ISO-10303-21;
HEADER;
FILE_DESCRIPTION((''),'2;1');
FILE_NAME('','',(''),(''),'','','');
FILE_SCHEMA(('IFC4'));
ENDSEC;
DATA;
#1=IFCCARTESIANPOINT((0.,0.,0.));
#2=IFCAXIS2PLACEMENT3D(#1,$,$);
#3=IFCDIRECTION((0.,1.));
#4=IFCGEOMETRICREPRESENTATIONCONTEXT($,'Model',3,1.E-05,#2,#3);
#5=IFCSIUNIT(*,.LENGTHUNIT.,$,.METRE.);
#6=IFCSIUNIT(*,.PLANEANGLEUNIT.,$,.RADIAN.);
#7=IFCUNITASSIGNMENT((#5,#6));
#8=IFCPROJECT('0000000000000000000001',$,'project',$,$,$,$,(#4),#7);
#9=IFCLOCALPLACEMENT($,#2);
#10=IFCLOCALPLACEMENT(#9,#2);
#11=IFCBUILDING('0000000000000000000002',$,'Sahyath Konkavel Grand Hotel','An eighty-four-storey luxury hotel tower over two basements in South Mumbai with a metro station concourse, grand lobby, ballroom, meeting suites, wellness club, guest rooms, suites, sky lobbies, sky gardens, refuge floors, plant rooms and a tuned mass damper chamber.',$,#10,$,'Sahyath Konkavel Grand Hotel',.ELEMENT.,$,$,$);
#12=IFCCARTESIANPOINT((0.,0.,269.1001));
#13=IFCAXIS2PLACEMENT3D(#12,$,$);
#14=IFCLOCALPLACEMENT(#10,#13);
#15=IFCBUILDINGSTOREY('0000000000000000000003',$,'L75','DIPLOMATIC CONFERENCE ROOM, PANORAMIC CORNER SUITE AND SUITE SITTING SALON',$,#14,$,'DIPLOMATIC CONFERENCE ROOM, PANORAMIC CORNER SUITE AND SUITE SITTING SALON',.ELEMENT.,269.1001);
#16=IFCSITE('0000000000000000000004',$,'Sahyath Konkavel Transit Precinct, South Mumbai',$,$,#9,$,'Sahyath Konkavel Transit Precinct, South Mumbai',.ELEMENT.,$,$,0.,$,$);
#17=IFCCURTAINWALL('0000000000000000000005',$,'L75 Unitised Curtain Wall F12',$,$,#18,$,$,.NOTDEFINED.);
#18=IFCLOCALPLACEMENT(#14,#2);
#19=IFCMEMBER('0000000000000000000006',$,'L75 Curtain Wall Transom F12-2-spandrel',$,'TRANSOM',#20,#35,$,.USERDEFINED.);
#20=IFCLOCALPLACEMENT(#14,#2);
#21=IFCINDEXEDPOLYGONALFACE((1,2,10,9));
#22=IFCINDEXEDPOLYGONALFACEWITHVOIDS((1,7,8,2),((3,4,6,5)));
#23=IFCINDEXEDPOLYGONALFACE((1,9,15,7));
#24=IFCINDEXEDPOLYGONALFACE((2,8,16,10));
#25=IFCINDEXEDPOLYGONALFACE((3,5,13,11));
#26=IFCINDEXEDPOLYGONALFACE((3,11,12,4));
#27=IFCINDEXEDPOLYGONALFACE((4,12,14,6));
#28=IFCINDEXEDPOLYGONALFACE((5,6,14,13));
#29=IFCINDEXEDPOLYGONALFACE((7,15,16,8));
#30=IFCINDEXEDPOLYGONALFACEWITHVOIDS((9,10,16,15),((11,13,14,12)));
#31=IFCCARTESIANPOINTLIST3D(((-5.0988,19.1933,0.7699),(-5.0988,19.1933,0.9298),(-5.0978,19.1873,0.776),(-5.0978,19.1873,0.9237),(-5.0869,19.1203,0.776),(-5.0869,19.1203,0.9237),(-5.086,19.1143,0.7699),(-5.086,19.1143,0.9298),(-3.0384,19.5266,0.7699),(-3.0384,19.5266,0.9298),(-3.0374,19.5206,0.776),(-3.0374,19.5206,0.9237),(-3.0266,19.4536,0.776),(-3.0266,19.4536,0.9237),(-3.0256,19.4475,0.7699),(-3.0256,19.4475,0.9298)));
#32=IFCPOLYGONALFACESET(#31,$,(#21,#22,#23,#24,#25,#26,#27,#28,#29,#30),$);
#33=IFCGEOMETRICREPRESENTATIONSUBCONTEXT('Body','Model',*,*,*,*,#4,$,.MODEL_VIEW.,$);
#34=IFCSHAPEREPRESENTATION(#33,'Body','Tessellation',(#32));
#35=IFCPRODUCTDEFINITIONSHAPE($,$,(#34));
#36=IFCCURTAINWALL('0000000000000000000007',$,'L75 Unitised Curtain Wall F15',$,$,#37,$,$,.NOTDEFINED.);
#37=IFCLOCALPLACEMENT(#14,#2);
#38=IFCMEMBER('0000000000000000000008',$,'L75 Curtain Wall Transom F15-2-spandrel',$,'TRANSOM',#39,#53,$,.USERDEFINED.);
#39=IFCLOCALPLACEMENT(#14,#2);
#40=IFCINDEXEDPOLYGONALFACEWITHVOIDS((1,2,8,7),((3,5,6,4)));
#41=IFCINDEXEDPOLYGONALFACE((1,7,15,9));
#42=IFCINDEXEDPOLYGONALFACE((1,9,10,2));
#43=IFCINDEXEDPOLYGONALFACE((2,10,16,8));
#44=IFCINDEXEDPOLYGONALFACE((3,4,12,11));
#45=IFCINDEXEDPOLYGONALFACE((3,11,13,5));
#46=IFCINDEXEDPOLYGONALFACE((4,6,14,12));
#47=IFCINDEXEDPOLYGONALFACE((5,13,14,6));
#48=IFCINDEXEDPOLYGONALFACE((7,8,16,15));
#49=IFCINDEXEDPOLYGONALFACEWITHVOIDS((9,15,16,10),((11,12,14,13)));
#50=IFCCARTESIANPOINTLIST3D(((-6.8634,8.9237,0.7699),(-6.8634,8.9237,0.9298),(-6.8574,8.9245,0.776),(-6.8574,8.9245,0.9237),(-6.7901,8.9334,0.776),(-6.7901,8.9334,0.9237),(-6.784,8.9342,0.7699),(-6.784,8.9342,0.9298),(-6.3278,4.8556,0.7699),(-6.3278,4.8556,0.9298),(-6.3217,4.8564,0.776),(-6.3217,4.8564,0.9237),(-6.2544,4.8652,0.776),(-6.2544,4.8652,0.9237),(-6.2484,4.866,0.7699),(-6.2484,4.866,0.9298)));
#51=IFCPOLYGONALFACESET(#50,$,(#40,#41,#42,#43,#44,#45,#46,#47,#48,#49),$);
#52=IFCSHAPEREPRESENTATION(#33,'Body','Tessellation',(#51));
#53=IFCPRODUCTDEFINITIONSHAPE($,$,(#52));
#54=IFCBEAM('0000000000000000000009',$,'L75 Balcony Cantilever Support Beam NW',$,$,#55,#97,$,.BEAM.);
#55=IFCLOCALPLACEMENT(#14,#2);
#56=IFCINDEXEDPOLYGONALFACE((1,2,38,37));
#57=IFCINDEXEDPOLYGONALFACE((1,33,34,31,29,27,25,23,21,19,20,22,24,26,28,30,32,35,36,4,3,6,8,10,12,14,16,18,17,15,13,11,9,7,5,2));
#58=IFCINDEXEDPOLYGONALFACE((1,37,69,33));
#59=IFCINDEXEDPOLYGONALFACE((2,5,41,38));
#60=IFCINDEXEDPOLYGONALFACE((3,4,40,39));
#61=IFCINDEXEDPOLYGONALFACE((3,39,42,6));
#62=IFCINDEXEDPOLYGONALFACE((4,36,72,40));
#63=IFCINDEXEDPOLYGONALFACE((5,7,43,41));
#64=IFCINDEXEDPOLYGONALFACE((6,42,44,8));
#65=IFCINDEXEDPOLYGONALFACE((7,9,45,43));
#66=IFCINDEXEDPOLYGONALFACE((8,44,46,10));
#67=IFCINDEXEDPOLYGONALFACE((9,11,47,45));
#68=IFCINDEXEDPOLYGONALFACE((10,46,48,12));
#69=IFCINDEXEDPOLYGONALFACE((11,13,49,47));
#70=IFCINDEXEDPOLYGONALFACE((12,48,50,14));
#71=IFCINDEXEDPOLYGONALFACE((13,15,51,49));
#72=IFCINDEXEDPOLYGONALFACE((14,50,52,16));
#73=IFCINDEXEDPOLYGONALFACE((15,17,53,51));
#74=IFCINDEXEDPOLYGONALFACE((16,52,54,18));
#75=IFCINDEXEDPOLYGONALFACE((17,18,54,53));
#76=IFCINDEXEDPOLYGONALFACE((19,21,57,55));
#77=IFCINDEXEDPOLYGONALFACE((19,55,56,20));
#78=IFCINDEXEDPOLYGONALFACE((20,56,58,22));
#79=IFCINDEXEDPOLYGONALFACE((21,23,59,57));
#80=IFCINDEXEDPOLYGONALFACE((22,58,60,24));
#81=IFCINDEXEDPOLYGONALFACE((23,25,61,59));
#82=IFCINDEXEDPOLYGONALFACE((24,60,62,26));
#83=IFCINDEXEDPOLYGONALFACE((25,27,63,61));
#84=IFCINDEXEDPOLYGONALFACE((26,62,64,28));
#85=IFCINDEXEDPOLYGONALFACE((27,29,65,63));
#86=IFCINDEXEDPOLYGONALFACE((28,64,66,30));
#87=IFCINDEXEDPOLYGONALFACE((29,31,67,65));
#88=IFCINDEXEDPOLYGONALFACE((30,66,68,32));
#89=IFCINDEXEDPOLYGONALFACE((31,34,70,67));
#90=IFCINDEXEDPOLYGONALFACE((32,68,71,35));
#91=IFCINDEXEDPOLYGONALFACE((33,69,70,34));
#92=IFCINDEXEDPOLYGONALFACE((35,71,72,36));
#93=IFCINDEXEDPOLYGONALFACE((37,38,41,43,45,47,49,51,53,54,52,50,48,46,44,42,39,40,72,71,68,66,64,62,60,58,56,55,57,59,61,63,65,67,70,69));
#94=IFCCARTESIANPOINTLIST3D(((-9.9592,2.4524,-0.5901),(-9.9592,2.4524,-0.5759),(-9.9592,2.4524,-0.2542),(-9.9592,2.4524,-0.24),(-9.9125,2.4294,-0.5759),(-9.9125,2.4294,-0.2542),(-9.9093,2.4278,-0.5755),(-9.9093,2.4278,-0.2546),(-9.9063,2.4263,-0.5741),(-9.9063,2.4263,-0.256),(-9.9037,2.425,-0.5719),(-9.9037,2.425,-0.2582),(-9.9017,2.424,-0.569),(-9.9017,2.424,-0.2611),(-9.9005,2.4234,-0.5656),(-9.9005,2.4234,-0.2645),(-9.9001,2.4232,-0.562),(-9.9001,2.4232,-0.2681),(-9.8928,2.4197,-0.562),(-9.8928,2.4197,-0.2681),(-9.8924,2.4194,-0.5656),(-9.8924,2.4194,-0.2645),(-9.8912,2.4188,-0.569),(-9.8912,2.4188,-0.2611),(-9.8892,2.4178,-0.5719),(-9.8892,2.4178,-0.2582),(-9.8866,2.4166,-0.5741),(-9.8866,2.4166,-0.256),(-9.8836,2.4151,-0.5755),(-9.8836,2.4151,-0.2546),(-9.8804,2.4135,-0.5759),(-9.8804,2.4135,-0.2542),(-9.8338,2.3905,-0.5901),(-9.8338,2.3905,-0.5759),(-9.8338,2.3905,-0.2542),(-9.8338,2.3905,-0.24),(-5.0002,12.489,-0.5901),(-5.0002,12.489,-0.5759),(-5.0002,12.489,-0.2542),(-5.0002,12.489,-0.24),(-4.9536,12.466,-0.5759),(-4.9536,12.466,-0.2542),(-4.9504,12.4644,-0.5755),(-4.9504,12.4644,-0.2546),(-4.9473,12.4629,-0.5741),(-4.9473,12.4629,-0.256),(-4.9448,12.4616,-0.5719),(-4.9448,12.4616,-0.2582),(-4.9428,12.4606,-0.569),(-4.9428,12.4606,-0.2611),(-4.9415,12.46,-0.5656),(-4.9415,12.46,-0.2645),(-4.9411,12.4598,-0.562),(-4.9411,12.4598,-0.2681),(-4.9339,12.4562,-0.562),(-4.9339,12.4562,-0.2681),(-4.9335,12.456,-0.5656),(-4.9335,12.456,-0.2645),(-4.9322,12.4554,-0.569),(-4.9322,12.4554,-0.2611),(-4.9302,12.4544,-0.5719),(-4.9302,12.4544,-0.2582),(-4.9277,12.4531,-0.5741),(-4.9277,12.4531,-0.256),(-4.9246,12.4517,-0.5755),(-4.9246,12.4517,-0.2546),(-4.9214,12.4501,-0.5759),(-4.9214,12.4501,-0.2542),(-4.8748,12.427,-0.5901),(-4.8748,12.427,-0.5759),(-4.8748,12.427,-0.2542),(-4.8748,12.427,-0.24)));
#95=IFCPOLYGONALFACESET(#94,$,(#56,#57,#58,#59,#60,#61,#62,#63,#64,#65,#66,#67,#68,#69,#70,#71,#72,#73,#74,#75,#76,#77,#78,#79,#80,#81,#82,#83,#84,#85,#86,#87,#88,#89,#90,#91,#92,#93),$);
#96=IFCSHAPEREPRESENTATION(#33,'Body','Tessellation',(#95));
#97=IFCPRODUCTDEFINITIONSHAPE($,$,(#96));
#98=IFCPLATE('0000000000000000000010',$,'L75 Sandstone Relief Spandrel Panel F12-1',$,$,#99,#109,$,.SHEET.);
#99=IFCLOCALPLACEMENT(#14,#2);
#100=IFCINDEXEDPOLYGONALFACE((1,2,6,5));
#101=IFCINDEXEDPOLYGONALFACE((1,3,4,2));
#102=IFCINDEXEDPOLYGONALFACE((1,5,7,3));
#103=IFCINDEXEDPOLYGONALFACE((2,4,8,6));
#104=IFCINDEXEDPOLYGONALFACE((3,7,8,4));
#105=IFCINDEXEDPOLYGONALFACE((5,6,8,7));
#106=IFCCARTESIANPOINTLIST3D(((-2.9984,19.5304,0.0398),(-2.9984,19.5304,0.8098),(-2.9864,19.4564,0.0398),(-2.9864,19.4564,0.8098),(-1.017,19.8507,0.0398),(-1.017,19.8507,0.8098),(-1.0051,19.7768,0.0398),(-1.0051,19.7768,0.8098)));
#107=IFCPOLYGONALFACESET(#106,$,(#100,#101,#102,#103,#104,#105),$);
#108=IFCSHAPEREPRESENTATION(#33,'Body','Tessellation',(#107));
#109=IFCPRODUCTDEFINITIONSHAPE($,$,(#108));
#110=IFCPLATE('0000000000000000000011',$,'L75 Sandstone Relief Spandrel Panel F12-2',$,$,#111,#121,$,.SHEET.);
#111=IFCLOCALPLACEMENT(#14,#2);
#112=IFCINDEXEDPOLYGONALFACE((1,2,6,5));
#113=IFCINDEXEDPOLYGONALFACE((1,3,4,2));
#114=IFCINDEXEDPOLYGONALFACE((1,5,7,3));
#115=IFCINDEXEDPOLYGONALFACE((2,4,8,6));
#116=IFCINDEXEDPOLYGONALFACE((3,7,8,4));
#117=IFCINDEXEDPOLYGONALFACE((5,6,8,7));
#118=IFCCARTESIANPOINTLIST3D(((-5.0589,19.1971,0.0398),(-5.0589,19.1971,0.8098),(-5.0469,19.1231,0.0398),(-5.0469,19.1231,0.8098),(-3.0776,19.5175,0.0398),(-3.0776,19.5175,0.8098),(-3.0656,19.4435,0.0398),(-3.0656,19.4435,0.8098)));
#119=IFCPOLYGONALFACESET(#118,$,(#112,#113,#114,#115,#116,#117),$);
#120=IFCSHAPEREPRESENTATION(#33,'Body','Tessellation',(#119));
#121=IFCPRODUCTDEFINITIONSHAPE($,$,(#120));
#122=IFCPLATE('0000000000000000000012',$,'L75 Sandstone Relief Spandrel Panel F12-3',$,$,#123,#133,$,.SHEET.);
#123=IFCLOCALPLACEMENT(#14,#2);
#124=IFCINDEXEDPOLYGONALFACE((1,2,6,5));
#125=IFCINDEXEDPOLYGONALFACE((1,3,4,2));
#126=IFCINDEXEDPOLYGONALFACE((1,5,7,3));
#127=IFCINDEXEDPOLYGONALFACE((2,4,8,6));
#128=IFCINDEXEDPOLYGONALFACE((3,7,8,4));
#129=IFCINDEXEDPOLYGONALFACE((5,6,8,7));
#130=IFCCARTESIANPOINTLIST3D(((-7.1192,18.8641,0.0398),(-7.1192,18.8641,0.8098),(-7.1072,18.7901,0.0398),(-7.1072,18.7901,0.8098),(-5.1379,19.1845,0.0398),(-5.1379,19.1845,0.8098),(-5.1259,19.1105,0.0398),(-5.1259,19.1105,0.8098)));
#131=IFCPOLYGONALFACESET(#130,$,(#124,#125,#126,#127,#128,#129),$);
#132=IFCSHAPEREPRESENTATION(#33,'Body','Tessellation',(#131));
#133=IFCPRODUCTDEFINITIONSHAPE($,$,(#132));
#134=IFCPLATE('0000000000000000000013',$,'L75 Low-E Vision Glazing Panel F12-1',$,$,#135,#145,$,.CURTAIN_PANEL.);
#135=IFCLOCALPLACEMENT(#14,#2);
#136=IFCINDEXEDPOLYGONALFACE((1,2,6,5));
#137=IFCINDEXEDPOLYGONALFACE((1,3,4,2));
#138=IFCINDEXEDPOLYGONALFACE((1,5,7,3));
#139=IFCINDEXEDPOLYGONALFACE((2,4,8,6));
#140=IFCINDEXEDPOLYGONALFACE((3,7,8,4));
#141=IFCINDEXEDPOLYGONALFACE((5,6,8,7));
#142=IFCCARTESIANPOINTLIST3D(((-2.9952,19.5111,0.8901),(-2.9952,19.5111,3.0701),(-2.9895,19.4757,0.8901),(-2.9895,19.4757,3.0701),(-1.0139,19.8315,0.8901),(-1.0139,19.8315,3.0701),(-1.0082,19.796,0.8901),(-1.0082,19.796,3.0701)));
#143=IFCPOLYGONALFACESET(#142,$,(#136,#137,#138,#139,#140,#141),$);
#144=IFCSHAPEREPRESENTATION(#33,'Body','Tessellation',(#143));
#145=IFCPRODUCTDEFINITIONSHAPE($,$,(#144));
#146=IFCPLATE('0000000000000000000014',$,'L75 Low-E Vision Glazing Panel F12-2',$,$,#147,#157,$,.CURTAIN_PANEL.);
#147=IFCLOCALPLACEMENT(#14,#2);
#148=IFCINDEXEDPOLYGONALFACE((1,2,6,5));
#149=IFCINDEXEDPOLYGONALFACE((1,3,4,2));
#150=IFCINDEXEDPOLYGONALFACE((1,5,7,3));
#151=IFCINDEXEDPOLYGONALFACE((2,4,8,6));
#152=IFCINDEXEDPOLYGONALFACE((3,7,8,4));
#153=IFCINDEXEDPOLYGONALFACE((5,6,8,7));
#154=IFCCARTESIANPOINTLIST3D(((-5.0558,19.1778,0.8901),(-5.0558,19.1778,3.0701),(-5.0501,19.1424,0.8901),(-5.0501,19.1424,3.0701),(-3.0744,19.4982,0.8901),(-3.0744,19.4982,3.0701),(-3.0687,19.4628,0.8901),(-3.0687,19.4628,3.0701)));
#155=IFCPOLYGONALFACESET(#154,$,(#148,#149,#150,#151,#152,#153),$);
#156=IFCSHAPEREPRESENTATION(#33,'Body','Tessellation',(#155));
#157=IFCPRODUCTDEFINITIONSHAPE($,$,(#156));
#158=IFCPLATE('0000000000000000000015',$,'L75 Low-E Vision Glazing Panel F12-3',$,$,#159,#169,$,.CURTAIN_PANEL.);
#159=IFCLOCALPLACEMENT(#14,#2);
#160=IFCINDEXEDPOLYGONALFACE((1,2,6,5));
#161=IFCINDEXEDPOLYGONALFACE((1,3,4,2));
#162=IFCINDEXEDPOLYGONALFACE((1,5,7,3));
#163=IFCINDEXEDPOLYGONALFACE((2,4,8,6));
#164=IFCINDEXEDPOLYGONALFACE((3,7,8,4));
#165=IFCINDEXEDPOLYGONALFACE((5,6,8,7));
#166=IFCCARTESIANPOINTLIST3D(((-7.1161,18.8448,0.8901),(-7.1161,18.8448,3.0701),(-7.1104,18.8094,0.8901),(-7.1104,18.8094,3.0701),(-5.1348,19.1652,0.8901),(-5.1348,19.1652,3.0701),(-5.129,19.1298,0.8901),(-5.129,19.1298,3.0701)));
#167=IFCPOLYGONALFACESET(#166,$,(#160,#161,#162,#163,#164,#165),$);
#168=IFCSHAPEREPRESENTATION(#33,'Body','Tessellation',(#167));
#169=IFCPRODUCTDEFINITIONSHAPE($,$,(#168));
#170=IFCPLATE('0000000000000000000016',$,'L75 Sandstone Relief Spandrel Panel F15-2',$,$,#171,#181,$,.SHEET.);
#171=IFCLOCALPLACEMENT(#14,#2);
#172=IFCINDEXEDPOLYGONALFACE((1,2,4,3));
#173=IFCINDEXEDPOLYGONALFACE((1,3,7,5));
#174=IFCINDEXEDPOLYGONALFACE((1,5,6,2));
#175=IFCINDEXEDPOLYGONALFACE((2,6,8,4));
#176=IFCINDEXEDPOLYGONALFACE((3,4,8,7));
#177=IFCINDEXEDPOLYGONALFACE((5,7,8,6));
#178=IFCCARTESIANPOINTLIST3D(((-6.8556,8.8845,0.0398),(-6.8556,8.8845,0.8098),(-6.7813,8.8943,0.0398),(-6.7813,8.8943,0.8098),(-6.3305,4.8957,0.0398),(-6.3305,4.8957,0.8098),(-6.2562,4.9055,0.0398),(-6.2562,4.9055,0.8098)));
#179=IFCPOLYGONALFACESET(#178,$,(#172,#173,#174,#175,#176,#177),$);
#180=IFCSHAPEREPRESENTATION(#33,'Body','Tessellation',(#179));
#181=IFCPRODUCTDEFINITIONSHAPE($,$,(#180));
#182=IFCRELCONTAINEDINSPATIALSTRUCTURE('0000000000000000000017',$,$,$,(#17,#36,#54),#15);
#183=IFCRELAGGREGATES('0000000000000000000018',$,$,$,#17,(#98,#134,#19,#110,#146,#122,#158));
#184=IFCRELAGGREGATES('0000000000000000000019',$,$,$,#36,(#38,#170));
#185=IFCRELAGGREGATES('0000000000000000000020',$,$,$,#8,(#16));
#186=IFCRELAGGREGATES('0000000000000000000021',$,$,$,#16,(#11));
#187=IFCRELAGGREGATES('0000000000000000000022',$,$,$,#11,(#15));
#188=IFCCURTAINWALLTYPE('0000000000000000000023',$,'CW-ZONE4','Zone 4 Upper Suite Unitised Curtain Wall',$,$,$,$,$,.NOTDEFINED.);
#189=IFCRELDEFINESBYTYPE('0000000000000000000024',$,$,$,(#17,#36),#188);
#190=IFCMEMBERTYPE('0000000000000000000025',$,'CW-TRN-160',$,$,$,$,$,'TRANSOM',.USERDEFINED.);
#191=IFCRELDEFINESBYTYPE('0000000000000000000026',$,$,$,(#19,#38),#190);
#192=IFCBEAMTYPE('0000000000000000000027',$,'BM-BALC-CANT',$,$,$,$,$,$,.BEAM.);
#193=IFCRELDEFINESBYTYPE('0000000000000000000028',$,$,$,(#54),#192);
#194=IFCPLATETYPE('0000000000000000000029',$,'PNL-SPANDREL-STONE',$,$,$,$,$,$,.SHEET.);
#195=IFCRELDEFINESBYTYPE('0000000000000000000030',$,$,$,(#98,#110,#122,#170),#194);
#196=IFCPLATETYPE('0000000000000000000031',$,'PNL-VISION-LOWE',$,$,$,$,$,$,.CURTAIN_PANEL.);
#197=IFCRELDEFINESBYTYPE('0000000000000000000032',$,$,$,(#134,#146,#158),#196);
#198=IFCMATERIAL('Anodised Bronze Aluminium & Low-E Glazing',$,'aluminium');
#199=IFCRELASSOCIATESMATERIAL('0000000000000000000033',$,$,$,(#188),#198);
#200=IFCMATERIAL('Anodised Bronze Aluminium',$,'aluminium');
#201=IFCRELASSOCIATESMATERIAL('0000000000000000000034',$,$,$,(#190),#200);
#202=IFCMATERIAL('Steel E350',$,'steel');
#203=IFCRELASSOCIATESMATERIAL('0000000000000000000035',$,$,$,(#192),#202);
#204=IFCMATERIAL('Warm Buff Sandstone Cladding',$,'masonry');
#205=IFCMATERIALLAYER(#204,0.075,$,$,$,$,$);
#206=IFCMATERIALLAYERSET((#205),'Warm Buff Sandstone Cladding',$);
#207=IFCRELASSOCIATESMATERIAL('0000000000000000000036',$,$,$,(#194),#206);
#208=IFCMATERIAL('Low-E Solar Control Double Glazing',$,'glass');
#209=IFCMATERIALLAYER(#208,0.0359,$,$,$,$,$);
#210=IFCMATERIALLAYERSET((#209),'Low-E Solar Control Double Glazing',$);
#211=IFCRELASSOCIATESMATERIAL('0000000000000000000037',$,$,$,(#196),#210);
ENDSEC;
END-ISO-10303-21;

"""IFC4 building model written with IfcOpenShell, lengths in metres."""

from ifc_helpers import new_model, si_unit, direction, frame, origin, origin_2d, place, context, subcontext, project, spatial, rectangle, hollow_rectangle, i_section, extrude, source, transform, mapped, material, layer, layer_set, material_profile, profile_set, type_object, element, aggregate, save


model = new_model("IFC4")

# Units and contexts
model_context = context("Model", 3, precision=1e-05, world=origin(), true_north=direction((0.0, 1.0)))
body_context = subcontext(model_context, "Body", "Model", "MODEL_VIEW")
ifc_project = project(units=[si_unit("LENGTHUNIT", "METRE"), si_unit("PLANEANGLEUNIT", "RADIAN")], contexts=[model_context])

# Site, building, storey
site_placement = place(None, origin())
site = spatial("IfcSite", under=ifc_project, at=site_placement, Name="Sahyath Konkavel Transit Precinct, South Mumbai", LongName="Sahyath Konkavel Transit Precinct, South Mumbai", CompositionType="ELEMENT", RefElevation=0.0)
building_placement = place(site_placement, origin())
building = spatial("IfcBuilding", under=site, at=building_placement, Name="Sahyath Konkavel Grand Hotel", Description="An eighty-four-storey luxury hotel tower over two basements in South Mumbai with a metro station concourse, grand lobby, ballroom, meeting suites, wellness club, guest rooms, suites, sky lobbies, sky gardens, refuge floors, plant rooms and a tuned mass damper chamber.", LongName="Sahyath Konkavel Grand Hotel", CompositionType="ELEMENT")
storey_placement = place(building_placement, frame((0.0, 0.0, 269.1001)))
storey = spatial("IfcBuildingStorey", under=building, at=storey_placement, Name="L75", Description="DIPLOMATIC CONFERENCE ROOM, PANORAMIC CORNER SUITE AND SUITE SITTING SALON", LongName="DIPLOMATIC CONFERENCE ROOM, PANORAMIC CORNER SUITE AND SUITE SITTING SALON", CompositionType="ELEMENT", Elevation=269.1001)

# Shared definitions
ifc_material_1 = material(Name="Steel E350", Category="steel")

# Curtain wall, member
ifc_material_2 = material(Name="Anodised Bronze Aluminium & Low-E Glazing", Category="aluminium")
curtain_wall_type = type_object("IfcCurtainWallType", Name="CW-ZONE4", Description="Zone 4 Upper Suite Unitised Curtain Wall", PredefinedType="NOTDEFINED", material=ifc_material_2)
curtain_wall_1_placement = place(storey_placement, origin())
curtain_wall_1 = element("IfcCurtainWall", 1, at=curtain_wall_1_placement, inside=storey, type_object=curtain_wall_type, Name="L75 Unitised Curtain Wall F12", PredefinedType="NOTDEFINED")
ifc_material_3 = material(Name="Anodised Bronze Aluminium", Category="aluminium")
ifc_material_profile_1 = material_profile(ifc_material_3, hollow_rectangle(XDim=0.0801, YDim=0.1599, WallThickness=0.0061, at=origin_2d()), Name="RHS 160x80x6")
ifc_profile_set_1 = profile_set([ifc_material_profile_1], Name="Anodised Bronze Aluminium")
member_type_1 = type_object("IfcMemberType", Name="CW-TRN-160", ElementType="TRANSOM", PredefinedType="USERDEFINED", material=ifc_profile_set_1)
shared_shape_1 = source(origin(), body_context, "Body", "SweptSolid", [
    extrude(hollow_rectangle(XDim=0.0801, YDim=0.1599, WallThickness=0.0061, at=origin_2d()), origin(), (0.0, 0.0, 1.0), 2.0872),
])
member_1_placement = place(storey_placement, frame((-3.032, 19.4871, 0.8499), z_axis=(-0.98717, -0.159674, 0.0), x_axis=(0.159674, -0.98717, 0.0)))
member_1 = element("IfcMember", 2, at=member_1_placement, type_object=member_type_1, Name="L75 Curtain Wall Transom F12-2-spandrel", ObjectType="TRANSOM", PredefinedType="USERDEFINED", context=body_context, shape_type="MappedRepresentation", body=[
    mapped(shared_shape_1, transform((0.0, 0.0, 0.0), scale=1.0)),
])

# Curtain wall, member
curtain_wall_2_placement = place(storey_placement, origin())
curtain_wall_2 = element("IfcCurtainWall", 3, at=curtain_wall_2_placement, inside=storey, type_object=curtain_wall_type, Name="L75 Unitised Curtain Wall F15", PredefinedType="NOTDEFINED")
shared_shape_2 = source(origin(), body_context, "Body", "SweptSolid", [
    extrude(hollow_rectangle(XDim=0.0801, YDim=0.1599, WallThickness=0.0061, at=origin_2d()), origin(), (0.0, 0.0, 1.0), 4.1033),
])
member_2_placement = place(storey_placement, frame((-6.8237, 8.929, 0.8499), z_axis=(0.130542, -0.991443, 0.0), x_axis=(0.991443, 0.130542, 0.0)))
member_2 = element("IfcMember", 4, at=member_2_placement, type_object=member_type_1, Name="L75 Curtain Wall Transom F15-2-spandrel", ObjectType="TRANSOM", PredefinedType="USERDEFINED", context=body_context, shape_type="MappedRepresentation", body=[
    mapped(shared_shape_2, transform((0.0, 0.0, 0.0), scale=1.0)),
])

# Beam
ifc_material_profile_2 = material_profile(ifc_material_1, i_section(OverallWidth=0.1399, OverallDepth=0.3501, WebThickness=0.0081, FlangeThickness=0.0142, FilletRadius=0.0139, at=origin_2d()), Name="ISMB 350")
ifc_profile_set_2 = profile_set([ifc_material_profile_2], Name="Steel E350")
beam_type_1 = type_object("IfcBeamType", Name="BM-BALC-CANT", PredefinedType="BEAM", material=ifc_profile_set_2)
shared_shape_3 = source(origin(), body_context, "Body", "SweptSolid", [
    extrude(i_section(OverallWidth=0.1399, OverallDepth=0.3501, WebThickness=0.0081, FlangeThickness=0.0142, FilletRadius=0.0139, at=origin_2d()), origin(), (0.0, 0.0, 1.0), 11.1948),
])
beam_1_placement = place(storey_placement, frame((-4.9375, 12.458, -0.415), z_axis=(-0.442969, -0.896537, 0.0), x_axis=(0.896537, -0.442969, 0.0)))
element("IfcBeam", 5, at=beam_1_placement, inside=storey, type_object=beam_type_1, Name="L75 Balcony Cantilever Support Beam NW", PredefinedType="BEAM", context=body_context, shape_type="MappedRepresentation", body=[
    mapped(shared_shape_3, transform((0.0, 0.0, 0.0), scale=1.0)),
])

# Plates
ifc_material_4 = material(Name="Warm Buff Sandstone Cladding", Category="masonry")
ifc_layer_1 = layer(ifc_material_4, 0.075)
ifc_layer_set_1 = layer_set([ifc_layer_1], Name="Warm Buff Sandstone Cladding")
plate_type_1 = type_object("IfcPlateType", Name="PNL-SPANDREL-STONE", PredefinedType="SHEET", material=ifc_layer_set_1)
shared_shape_4 = source(origin(), body_context, "Body", "SweptSolid", [
    extrude(rectangle(XDim=2.0071, YDim=0.075, at=origin_2d()), origin(), (0.0, 0.0, 1.0), 0.77),
])
plate_1_placement = place(storey_placement, frame((-2.0017, 19.6536, 0.0398), z_axis=(0.0, 0.0, 1.0), x_axis=(-0.987178, -0.159623, 0.0)))
plate_1 = element("IfcPlate", 6, at=plate_1_placement, type_object=plate_type_1, Name="L75 Sandstone Relief Spandrel Panel F12-1", PredefinedType="SHEET", context=body_context, shape_type="MappedRepresentation", body=[
    mapped(shared_shape_4, transform((0.0, 0.0, 0.0), scale=1.0)),
])
plate_2_placement = place(storey_placement, frame((-4.0623, 19.3203, 0.0398), z_axis=(0.0, 0.0, 1.0), x_axis=(-0.987178, -0.159623, 0.0)))
plate_2 = element("IfcPlate", 7, at=plate_2_placement, type_object=plate_type_1, Name="L75 Sandstone Relief Spandrel Panel F12-2", PredefinedType="SHEET", context=body_context, shape_type="MappedRepresentation", body=[
    mapped(shared_shape_4, transform((0.0, 0.0, 0.0), scale=1.0)),
])
plate_3_placement = place(storey_placement, frame((-6.1226, 18.9873, 0.0398), z_axis=(0.0, 0.0, 1.0), x_axis=(-0.987178, -0.159623, 0.0)))
plate_3 = element("IfcPlate", 8, at=plate_3_placement, type_object=plate_type_1, Name="L75 Sandstone Relief Spandrel Panel F12-3", PredefinedType="SHEET", context=body_context, shape_type="MappedRepresentation", body=[
    mapped(shared_shape_4, transform((0.0, 0.0, 0.0), scale=1.0)),
])
ifc_material_5 = material(Name="Low-E Solar Control Double Glazing", Category="glass")
ifc_layer_2 = layer(ifc_material_5, 0.0359)
ifc_layer_set_2 = layer_set([ifc_layer_2], Name="Low-E Solar Control Double Glazing")
plate_type_2 = type_object("IfcPlateType", Name="PNL-VISION-LOWE", PredefinedType="CURTAIN_PANEL", material=ifc_layer_set_2)
shared_shape_5 = source(origin(), body_context, "Body", "SweptSolid", [
    extrude(rectangle(XDim=2.0071, YDim=0.0359, at=origin_2d()), origin(), (0.0, 0.0, 1.0), 2.1799),
])
plate_4_placement = place(storey_placement, frame((-2.0017, 19.6536, 0.8901), z_axis=(0.0, 0.0, 1.0), x_axis=(-0.987178, -0.159623, 0.0)))
plate_4 = element("IfcPlate", 9, at=plate_4_placement, type_object=plate_type_2, Name="L75 Low-E Vision Glazing Panel F12-1", PredefinedType="CURTAIN_PANEL", context=body_context, shape_type="MappedRepresentation", body=[
    mapped(shared_shape_5, transform((0.0, 0.0, 0.0), scale=1.0)),
])
plate_5_placement = place(storey_placement, frame((-4.0623, 19.3203, 0.8901), z_axis=(0.0, 0.0, 1.0), x_axis=(-0.987178, -0.159623, 0.0)))
plate_5 = element("IfcPlate", 10, at=plate_5_placement, type_object=plate_type_2, Name="L75 Low-E Vision Glazing Panel F12-2", PredefinedType="CURTAIN_PANEL", context=body_context, shape_type="MappedRepresentation", body=[
    mapped(shared_shape_5, transform((0.0, 0.0, 0.0), scale=1.0)),
])
plate_6_placement = place(storey_placement, frame((-6.1226, 18.9873, 0.8901), z_axis=(0.0, 0.0, 1.0), x_axis=(-0.987178, -0.159623, 0.0)))
plate_6 = element("IfcPlate", 11, at=plate_6_placement, type_object=plate_type_2, Name="L75 Low-E Vision Glazing Panel F12-3", PredefinedType="CURTAIN_PANEL", context=body_context, shape_type="MappedRepresentation", body=[
    mapped(shared_shape_5, transform((0.0, 0.0, 0.0), scale=1.0)),
])
aggregate(curtain_wall_1, [plate_1, plate_4, member_1, plate_2, plate_5, plate_3, plate_6])
shared_shape_6 = source(origin(), body_context, "Body", "SweptSolid", [
    extrude(rectangle(XDim=4.0232, YDim=0.075, at=origin_2d()), origin(), (0.0, 0.0, 1.0), 0.77),
])
plate_7_placement = place(storey_placement, frame((-6.5559, 6.895, 0.0398), z_axis=(0.0, 0.0, 1.0), x_axis=(0.130526, -0.991445, 0.0)))
plate_7 = element("IfcPlate", 12, at=plate_7_placement, type_object=plate_type_1, Name="L75 Sandstone Relief Spandrel Panel F15-2", PredefinedType="SHEET", context=body_context, shape_type="MappedRepresentation", body=[
    mapped(shared_shape_6, transform((0.0, 0.0, 0.0), scale=1.0)),
])
aggregate(curtain_wall_2, [member_2, plate_7])

save(model, "model.ifc")
